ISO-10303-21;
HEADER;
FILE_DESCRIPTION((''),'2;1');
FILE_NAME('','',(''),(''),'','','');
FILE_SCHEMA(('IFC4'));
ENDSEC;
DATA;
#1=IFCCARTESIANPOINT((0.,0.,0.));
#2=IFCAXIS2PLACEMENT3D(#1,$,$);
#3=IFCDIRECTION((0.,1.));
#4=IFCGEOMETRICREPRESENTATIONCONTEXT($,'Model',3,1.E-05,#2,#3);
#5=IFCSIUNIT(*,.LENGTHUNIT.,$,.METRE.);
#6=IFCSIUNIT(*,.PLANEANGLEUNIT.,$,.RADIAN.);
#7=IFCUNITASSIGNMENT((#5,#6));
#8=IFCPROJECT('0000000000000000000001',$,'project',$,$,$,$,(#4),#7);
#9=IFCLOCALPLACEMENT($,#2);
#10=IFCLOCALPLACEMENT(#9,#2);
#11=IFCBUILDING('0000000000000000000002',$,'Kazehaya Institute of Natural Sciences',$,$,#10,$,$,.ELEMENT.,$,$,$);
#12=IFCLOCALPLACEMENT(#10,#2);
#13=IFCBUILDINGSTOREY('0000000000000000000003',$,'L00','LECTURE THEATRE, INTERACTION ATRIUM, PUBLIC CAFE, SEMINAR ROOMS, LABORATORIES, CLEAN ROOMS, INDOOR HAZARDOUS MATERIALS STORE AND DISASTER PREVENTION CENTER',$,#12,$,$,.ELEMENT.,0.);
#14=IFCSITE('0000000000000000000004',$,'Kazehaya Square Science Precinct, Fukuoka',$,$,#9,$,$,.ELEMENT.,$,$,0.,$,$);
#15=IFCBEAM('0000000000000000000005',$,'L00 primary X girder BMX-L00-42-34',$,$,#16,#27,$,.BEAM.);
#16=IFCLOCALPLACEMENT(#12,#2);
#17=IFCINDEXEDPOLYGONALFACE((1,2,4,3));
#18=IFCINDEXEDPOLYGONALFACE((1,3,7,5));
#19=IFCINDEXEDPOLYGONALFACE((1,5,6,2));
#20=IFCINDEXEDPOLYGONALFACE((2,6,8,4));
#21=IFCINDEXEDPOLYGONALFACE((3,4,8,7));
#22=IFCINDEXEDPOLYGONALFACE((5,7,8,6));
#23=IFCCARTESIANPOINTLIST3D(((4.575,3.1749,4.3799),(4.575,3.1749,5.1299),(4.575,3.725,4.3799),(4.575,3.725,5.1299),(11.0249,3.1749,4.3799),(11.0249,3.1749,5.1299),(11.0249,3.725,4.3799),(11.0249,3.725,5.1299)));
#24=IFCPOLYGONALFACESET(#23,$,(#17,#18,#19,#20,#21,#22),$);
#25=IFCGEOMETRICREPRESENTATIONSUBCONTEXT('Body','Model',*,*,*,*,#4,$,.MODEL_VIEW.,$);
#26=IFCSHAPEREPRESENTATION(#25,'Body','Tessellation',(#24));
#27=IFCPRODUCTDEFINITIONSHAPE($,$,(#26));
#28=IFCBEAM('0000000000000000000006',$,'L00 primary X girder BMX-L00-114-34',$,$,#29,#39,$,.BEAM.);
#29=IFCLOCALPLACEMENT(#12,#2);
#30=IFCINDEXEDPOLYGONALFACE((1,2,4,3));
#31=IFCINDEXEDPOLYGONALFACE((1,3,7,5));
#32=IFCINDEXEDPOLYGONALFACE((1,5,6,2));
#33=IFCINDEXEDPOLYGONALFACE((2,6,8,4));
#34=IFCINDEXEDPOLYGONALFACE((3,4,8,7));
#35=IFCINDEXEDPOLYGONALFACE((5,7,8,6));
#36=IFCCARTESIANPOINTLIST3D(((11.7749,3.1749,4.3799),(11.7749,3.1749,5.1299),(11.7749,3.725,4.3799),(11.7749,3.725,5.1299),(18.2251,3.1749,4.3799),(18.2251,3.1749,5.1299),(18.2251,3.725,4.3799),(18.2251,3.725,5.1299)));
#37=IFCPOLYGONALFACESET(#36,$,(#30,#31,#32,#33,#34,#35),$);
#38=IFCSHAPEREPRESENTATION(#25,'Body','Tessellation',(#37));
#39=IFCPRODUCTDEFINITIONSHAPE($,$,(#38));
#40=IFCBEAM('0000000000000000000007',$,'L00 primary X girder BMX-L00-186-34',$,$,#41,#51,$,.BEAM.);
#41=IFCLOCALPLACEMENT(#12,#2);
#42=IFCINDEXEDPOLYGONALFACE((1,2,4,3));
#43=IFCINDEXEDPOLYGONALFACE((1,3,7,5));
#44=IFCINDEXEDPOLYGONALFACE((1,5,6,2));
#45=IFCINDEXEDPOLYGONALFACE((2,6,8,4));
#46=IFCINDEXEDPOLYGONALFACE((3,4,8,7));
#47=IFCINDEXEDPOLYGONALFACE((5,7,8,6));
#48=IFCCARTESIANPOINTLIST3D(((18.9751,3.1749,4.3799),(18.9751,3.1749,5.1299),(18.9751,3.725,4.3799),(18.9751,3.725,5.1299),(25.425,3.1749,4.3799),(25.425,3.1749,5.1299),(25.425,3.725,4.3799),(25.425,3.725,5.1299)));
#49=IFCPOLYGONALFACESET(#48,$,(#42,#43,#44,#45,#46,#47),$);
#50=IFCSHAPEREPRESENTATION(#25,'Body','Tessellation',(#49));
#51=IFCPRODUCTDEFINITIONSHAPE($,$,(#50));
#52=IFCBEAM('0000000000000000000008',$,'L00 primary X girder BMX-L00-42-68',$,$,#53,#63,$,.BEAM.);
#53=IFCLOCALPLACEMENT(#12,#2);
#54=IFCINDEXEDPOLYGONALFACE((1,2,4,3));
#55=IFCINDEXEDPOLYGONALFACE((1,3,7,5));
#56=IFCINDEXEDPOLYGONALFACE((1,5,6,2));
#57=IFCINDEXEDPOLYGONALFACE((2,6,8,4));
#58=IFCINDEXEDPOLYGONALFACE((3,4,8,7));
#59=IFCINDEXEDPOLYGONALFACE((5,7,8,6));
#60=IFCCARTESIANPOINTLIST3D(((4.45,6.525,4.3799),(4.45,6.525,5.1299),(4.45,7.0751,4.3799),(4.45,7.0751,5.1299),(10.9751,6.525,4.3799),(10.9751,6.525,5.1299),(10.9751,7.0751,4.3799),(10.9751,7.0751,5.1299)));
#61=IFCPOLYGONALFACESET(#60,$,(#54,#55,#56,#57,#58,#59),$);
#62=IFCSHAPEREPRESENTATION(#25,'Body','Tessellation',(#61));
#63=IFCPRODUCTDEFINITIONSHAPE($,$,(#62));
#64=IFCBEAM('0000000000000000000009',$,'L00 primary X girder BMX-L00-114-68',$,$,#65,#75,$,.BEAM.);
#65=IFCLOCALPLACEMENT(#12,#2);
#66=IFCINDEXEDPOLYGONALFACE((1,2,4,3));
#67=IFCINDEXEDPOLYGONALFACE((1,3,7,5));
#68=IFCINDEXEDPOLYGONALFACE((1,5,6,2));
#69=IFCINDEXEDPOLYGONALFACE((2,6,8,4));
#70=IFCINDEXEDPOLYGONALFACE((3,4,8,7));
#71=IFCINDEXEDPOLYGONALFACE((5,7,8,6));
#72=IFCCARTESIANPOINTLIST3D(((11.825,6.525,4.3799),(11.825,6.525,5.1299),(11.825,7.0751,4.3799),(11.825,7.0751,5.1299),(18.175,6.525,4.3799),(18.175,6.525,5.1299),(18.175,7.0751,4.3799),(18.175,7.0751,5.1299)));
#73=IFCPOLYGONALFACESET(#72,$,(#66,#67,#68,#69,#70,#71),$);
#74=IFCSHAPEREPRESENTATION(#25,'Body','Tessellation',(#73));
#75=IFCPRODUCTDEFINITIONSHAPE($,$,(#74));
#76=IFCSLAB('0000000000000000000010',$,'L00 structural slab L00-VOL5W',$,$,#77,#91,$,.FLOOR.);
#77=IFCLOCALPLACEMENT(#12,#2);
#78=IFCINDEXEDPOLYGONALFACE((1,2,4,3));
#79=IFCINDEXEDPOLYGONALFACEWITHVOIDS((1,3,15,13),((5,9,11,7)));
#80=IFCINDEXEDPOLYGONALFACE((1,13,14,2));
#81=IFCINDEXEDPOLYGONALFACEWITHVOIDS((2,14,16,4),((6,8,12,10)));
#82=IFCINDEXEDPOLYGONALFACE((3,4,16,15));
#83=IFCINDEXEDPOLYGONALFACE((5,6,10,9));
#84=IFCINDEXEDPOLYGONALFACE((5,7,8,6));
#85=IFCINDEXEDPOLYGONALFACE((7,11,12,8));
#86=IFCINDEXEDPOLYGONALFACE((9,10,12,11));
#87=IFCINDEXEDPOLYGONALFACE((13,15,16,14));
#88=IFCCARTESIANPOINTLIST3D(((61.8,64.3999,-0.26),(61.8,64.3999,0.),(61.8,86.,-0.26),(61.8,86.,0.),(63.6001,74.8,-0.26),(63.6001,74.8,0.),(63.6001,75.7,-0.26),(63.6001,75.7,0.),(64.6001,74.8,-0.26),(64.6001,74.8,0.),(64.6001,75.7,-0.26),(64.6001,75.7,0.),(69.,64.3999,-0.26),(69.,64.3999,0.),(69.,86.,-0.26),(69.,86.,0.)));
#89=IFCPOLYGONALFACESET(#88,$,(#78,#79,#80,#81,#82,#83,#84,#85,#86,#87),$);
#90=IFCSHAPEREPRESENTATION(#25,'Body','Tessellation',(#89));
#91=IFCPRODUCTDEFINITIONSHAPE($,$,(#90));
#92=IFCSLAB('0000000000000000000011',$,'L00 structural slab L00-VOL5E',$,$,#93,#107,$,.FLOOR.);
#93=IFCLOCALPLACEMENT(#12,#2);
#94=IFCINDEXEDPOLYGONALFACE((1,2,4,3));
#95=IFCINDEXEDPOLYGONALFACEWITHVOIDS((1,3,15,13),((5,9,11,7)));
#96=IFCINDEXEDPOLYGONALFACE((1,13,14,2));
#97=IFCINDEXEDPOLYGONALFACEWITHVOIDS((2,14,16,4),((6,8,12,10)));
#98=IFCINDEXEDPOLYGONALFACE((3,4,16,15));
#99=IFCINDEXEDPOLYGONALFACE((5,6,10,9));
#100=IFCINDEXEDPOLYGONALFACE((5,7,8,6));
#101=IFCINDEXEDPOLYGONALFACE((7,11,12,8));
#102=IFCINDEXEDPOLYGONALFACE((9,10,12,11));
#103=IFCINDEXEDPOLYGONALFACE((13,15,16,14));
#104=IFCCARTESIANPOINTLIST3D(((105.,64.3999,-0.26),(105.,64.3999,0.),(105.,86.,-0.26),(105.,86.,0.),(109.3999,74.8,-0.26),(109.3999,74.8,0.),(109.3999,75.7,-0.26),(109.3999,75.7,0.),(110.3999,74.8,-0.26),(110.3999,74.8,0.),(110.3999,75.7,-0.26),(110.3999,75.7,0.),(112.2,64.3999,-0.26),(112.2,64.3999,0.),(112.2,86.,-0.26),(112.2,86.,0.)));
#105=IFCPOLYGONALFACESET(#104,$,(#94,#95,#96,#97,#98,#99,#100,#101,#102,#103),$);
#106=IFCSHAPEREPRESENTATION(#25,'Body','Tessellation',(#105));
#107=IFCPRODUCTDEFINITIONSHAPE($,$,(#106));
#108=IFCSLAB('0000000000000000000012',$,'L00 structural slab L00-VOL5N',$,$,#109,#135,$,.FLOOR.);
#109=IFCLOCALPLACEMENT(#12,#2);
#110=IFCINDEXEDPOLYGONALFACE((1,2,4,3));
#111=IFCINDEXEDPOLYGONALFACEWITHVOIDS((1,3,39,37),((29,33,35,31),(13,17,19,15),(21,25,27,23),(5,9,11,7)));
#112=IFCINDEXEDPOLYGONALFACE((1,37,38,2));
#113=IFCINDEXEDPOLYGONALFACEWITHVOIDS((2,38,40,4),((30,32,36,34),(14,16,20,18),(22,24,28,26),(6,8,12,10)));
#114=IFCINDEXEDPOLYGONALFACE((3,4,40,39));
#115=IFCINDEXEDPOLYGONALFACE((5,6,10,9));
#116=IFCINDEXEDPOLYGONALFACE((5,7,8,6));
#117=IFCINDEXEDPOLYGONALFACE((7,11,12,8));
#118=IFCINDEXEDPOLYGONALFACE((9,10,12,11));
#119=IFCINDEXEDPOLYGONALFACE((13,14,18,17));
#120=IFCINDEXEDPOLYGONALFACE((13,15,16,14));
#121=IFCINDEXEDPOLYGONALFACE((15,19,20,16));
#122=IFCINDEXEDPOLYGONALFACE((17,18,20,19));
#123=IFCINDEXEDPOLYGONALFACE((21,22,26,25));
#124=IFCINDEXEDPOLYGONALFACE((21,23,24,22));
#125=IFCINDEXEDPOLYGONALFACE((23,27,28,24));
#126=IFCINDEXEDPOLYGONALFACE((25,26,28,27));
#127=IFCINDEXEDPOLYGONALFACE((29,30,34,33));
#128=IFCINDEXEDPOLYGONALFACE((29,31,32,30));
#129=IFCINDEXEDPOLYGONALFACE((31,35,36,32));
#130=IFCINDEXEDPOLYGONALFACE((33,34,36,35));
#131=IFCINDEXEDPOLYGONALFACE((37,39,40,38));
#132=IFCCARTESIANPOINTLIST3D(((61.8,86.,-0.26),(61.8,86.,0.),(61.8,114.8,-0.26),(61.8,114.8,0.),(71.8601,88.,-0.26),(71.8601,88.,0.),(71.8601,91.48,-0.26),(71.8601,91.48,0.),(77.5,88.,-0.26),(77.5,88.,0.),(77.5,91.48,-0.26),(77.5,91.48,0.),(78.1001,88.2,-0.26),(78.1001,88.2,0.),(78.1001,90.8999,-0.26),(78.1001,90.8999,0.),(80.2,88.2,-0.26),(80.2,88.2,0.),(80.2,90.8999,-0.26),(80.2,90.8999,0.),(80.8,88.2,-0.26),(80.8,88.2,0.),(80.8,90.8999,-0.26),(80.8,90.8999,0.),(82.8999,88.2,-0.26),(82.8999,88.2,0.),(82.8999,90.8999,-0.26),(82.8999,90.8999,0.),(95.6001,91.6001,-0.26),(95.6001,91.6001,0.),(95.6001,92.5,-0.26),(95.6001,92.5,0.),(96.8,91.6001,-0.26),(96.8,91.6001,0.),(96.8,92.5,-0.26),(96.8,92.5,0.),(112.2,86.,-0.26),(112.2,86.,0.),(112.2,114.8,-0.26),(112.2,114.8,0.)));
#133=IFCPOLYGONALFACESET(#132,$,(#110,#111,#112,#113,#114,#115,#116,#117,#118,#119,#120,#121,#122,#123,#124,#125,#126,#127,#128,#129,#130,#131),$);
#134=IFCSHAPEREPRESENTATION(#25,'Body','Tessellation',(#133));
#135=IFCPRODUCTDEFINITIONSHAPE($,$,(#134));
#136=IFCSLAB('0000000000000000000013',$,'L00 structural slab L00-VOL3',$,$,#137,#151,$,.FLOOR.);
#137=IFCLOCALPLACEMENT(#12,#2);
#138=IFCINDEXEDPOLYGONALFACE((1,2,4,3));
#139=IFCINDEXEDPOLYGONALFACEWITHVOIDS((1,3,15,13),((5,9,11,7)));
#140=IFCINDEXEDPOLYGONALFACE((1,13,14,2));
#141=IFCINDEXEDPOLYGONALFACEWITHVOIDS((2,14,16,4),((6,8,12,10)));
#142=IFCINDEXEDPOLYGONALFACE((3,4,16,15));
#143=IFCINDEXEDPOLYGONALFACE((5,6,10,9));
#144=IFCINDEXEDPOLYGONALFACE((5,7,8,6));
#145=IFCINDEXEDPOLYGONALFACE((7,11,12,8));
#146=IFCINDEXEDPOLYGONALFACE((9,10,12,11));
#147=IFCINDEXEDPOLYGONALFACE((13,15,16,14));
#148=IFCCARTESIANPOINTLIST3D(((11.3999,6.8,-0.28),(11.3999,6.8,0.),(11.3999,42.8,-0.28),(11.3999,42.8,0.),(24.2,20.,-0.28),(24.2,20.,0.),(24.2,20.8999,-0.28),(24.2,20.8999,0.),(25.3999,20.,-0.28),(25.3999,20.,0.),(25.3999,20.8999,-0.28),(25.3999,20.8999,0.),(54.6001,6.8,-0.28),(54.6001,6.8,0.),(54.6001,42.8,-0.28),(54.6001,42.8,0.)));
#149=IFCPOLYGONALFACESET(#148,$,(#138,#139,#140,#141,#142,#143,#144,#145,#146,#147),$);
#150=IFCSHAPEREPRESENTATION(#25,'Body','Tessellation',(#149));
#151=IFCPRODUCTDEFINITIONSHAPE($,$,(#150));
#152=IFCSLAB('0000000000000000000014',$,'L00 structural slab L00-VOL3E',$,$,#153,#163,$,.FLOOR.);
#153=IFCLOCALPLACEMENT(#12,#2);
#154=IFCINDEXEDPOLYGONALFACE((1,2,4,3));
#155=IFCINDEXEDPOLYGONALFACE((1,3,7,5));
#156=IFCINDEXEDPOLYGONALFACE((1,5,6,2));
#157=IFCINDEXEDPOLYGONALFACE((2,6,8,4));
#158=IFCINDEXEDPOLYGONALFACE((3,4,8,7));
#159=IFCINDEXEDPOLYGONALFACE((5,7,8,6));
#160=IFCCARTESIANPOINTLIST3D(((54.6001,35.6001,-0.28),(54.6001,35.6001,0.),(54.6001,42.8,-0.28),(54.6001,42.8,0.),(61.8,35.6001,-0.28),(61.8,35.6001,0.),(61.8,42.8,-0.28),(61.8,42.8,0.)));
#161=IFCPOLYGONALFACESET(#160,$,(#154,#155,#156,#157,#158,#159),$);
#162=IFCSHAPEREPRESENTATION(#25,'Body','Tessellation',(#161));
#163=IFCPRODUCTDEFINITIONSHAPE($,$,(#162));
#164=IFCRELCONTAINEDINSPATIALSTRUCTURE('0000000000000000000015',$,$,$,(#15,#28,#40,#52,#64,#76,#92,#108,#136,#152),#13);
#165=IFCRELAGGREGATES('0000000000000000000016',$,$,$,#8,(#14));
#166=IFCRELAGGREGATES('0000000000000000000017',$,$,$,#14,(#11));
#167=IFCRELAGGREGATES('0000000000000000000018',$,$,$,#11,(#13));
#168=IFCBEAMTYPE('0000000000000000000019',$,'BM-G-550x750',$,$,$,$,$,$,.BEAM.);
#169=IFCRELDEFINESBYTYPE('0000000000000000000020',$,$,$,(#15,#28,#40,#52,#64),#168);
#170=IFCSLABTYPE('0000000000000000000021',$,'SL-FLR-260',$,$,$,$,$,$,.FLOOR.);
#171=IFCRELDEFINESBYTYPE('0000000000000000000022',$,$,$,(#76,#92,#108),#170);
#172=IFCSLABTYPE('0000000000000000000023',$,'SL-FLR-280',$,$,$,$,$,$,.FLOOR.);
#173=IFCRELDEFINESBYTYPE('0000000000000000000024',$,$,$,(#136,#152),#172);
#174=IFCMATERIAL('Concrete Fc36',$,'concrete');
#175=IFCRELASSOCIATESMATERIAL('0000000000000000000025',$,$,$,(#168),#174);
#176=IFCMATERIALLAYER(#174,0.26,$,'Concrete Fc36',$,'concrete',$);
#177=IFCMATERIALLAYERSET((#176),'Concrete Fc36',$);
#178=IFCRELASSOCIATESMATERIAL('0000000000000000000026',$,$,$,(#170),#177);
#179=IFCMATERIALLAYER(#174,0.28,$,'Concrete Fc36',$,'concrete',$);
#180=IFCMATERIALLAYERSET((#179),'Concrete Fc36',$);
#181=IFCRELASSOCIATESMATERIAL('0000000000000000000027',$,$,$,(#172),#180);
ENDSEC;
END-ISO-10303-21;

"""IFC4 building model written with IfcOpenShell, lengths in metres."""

from ifc_helpers import new_model, si_unit, direction, frame, origin, origin_2d, place, context, subcontext, project, spatial, polyline, rectangle, outline, extrude, material, layer, layer_set, material_profile, profile_set, type_object, element, save


model = new_model("IFC4")

# Units and contexts
model_context = context("Model", 3, precision=1e-05, world=origin(), true_north=direction((0.0, 1.0)))
body_context = subcontext(model_context, "Body", "Model", "MODEL_VIEW")
ifc_project = project(units=[si_unit("LENGTHUNIT", "METRE"), si_unit("PLANEANGLEUNIT", "RADIAN")], contexts=[model_context])

# Site, building, storey
site_placement = place(None, origin())
site = spatial("IfcSite", under=ifc_project, at=site_placement, Name="Kazehaya Square Science Precinct, Fukuoka", CompositionType="ELEMENT", RefElevation=0.0)
building_placement = place(site_placement, origin())
building = spatial("IfcBuilding", under=site, at=building_placement, Name="Kazehaya Institute of Natural Sciences", CompositionType="ELEMENT")
storey_placement = place(building_placement, origin())
storey = spatial("IfcBuildingStorey", under=building, at=storey_placement, Name="L00", Description="LECTURE THEATRE, INTERACTION ATRIUM, PUBLIC CAFE, SEMINAR ROOMS, LABORATORIES, CLEAN ROOMS, INDOOR HAZARDOUS MATERIALS STORE AND DISASTER PREVENTION CENTER", CompositionType="ELEMENT", Elevation=0.0)

# Shared definitions
ifc_material_1 = material(Name="Concrete Fc36", Category="concrete")

# Beams
ifc_material_profile_1 = material_profile(ifc_material_1, rectangle(XDim=0.55, YDim=0.75, at=origin_2d()), Name="RC-550x750")
ifc_profile_set_1 = profile_set([ifc_material_profile_1], Name="Concrete Fc36")
beam_type_1 = type_object("IfcBeamType", Name="BM-G-550x750", PredefinedType="BEAM", material=ifc_profile_set_1)
beam_1_placement = place(storey_placement, frame((4.575, 3.45, 4.7549), z_axis=(1.0, 0.0, 0.0), x_axis=(0.0, 1.0, 0.0)))
element("IfcBeam", 1, at=beam_1_placement, inside=storey, type_object=beam_type_1, Name="L00 primary X girder BMX-L00-42-34", PredefinedType="BEAM", context=body_context, shape_type="SweptSolid", body=[
    extrude(rectangle(XDim=0.55, YDim=0.75, at=origin_2d()), origin(), (0.0, 0.0, 1.0), 6.45),
])
beam_2_placement = place(storey_placement, frame((11.7749, 3.45, 4.7549), z_axis=(1.0, 0.0, 0.0), x_axis=(0.0, 1.0, 0.0)))
element("IfcBeam", 2, at=beam_2_placement, inside=storey, type_object=beam_type_1, Name="L00 primary X girder BMX-L00-114-34", PredefinedType="BEAM", context=body_context, shape_type="SweptSolid", body=[
    extrude(rectangle(XDim=0.55, YDim=0.75, at=origin_2d()), origin(), (0.0, 0.0, 1.0), 6.4502),
])
beam_3_placement = place(storey_placement, frame((18.9751, 3.45, 4.7549), z_axis=(1.0, 0.0, 0.0), x_axis=(0.0, 1.0, 0.0)))
element("IfcBeam", 3, at=beam_3_placement, inside=storey, type_object=beam_type_1, Name="L00 primary X girder BMX-L00-186-34", PredefinedType="BEAM", context=body_context, shape_type="SweptSolid", body=[
    extrude(rectangle(XDim=0.55, YDim=0.75, at=origin_2d()), origin(), (0.0, 0.0, 1.0), 6.45),
])
beam_4_placement = place(storey_placement, frame((4.45, 6.8, 4.7549), z_axis=(1.0, 0.0, 0.0), x_axis=(0.0, 1.0, 0.0)))
element("IfcBeam", 4, at=beam_4_placement, inside=storey, type_object=beam_type_1, Name="L00 primary X girder BMX-L00-42-68", PredefinedType="BEAM", context=body_context, shape_type="SweptSolid", body=[
    extrude(rectangle(XDim=0.55, YDim=0.75, at=origin_2d()), origin(), (0.0, 0.0, 1.0), 6.5251),
])
beam_5_placement = place(storey_placement, frame((11.825, 6.8, 4.7549), z_axis=(1.0, 0.0, 0.0), x_axis=(0.0, 1.0, 0.0)))
element("IfcBeam", 5, at=beam_5_placement, inside=storey, type_object=beam_type_1, Name="L00 primary X girder BMX-L00-114-68", PredefinedType="BEAM", context=body_context, shape_type="SweptSolid", body=[
    extrude(rectangle(XDim=0.55, YDim=0.75, at=origin_2d()), origin(), (0.0, 0.0, 1.0), 6.3501),
])

# Slabs
ifc_layer_1 = layer(ifc_material_1, 0.26, Name="Concrete Fc36", Category="concrete")
ifc_layer_set_1 = layer_set([ifc_layer_1], Name="Concrete Fc36")
slab_type_1 = type_object("IfcSlabType", Name="SL-FLR-260", PredefinedType="FLOOR", material=ifc_layer_set_1)
slab_1_placement = place(storey_placement, frame((0.0, 0.0, -0.26)))
element("IfcSlab", 6, at=slab_1_placement, inside=storey, type_object=slab_type_1, Name="L00 structural slab L00-VOL5W", PredefinedType="FLOOR", context=body_context, shape_type="SweptSolid", body=[
    extrude(outline(polyline([(61.8, 64.3999), (69.0, 64.3999), (69.0, 86.0), (61.8, 86.0), (61.8, 64.3999)]), holes=[polyline([(63.6001, 74.8), (64.6001, 74.8), (64.6001, 75.7), (63.6001, 75.7), (63.6001, 74.8)])]), origin(), (0.0, 0.0, 1.0), 0.26),
])
slab_2_placement = place(storey_placement, frame((0.0, 0.0, -0.26)))
element("IfcSlab", 7, at=slab_2_placement, inside=storey, type_object=slab_type_1, Name="L00 structural slab L00-VOL5E", PredefinedType="FLOOR", context=body_context, shape_type="SweptSolid", body=[
    extrude(outline(polyline([(105.0, 64.3999), (112.2, 64.3999), (112.2, 86.0), (105.0, 86.0), (105.0, 64.3999)]), holes=[polyline([(109.3999, 74.8), (110.3999, 74.8), (110.3999, 75.7), (109.3999, 75.7), (109.3999, 74.8)])]), origin(), (0.0, 0.0, 1.0), 0.26),
])
slab_3_placement = place(storey_placement, frame((0.0, 0.0, -0.26)))
element("IfcSlab", 8, at=slab_3_placement, inside=storey, type_object=slab_type_1, Name="L00 structural slab L00-VOL5N", PredefinedType="FLOOR", context=body_context, shape_type="SweptSolid", body=[
    extrude(outline(polyline([(61.8, 86.0), (112.2, 86.0), (112.2, 114.8), (61.8, 114.8), (61.8, 86.0)]), holes=[polyline([(95.6001, 91.6001), (96.8, 91.6001), (96.8, 92.5), (95.6001, 92.5), (95.6001, 91.6001)]), polyline([(71.8601, 88.0), (77.5, 88.0), (77.5, 91.48), (71.8601, 91.48), (71.8601, 88.0)]), polyline([(78.1001, 88.2), (80.2, 88.2), (80.2, 90.8999), (78.1001, 90.8999), (78.1001, 88.2)]), polyline([(80.8, 88.2), (82.8999, 88.2), (82.8999, 90.8999), (80.8, 90.8999), (80.8, 88.2)])]), origin(), (0.0, 0.0, 1.0), 0.26),
])
ifc_layer_2 = layer(ifc_material_1, 0.28, Name="Concrete Fc36", Category="concrete")
ifc_layer_set_2 = layer_set([ifc_layer_2], Name="Concrete Fc36")
slab_type_2 = type_object("IfcSlabType", Name="SL-FLR-280", PredefinedType="FLOOR", material=ifc_layer_set_2)
slab_4_placement = place(storey_placement, frame((0.0, 0.0, -0.28)))
element("IfcSlab", 9, at=slab_4_placement, inside=storey, type_object=slab_type_2, Name="L00 structural slab L00-VOL3", PredefinedType="FLOOR", context=body_context, shape_type="SweptSolid", body=[
    extrude(outline(polyline([(11.3999, 6.8), (54.6001, 6.8), (54.6001, 42.8), (11.3999, 42.8), (11.3999, 6.8)]), holes=[polyline([(24.2, 20.0), (25.3999, 20.0), (25.3999, 20.8999), (24.2, 20.8999), (24.2, 20.0)])]), origin(), (0.0, 0.0, 1.0), 0.28),
])
slab_5_placement = place(storey_placement, frame((0.0, 0.0, -0.28)))
element("IfcSlab", 10, at=slab_5_placement, inside=storey, type_object=slab_type_2, Name="L00 structural slab L00-VOL3E", PredefinedType="FLOOR", context=body_context, shape_type="SweptSolid", body=[
    extrude(outline(polyline([(54.6001, 35.6001), (61.8, 35.6001), (61.8, 42.8), (54.6001, 42.8), (54.6001, 35.6001)])), origin(), (0.0, 0.0, 1.0), 0.28),
])

save(model, "model.ifc")
